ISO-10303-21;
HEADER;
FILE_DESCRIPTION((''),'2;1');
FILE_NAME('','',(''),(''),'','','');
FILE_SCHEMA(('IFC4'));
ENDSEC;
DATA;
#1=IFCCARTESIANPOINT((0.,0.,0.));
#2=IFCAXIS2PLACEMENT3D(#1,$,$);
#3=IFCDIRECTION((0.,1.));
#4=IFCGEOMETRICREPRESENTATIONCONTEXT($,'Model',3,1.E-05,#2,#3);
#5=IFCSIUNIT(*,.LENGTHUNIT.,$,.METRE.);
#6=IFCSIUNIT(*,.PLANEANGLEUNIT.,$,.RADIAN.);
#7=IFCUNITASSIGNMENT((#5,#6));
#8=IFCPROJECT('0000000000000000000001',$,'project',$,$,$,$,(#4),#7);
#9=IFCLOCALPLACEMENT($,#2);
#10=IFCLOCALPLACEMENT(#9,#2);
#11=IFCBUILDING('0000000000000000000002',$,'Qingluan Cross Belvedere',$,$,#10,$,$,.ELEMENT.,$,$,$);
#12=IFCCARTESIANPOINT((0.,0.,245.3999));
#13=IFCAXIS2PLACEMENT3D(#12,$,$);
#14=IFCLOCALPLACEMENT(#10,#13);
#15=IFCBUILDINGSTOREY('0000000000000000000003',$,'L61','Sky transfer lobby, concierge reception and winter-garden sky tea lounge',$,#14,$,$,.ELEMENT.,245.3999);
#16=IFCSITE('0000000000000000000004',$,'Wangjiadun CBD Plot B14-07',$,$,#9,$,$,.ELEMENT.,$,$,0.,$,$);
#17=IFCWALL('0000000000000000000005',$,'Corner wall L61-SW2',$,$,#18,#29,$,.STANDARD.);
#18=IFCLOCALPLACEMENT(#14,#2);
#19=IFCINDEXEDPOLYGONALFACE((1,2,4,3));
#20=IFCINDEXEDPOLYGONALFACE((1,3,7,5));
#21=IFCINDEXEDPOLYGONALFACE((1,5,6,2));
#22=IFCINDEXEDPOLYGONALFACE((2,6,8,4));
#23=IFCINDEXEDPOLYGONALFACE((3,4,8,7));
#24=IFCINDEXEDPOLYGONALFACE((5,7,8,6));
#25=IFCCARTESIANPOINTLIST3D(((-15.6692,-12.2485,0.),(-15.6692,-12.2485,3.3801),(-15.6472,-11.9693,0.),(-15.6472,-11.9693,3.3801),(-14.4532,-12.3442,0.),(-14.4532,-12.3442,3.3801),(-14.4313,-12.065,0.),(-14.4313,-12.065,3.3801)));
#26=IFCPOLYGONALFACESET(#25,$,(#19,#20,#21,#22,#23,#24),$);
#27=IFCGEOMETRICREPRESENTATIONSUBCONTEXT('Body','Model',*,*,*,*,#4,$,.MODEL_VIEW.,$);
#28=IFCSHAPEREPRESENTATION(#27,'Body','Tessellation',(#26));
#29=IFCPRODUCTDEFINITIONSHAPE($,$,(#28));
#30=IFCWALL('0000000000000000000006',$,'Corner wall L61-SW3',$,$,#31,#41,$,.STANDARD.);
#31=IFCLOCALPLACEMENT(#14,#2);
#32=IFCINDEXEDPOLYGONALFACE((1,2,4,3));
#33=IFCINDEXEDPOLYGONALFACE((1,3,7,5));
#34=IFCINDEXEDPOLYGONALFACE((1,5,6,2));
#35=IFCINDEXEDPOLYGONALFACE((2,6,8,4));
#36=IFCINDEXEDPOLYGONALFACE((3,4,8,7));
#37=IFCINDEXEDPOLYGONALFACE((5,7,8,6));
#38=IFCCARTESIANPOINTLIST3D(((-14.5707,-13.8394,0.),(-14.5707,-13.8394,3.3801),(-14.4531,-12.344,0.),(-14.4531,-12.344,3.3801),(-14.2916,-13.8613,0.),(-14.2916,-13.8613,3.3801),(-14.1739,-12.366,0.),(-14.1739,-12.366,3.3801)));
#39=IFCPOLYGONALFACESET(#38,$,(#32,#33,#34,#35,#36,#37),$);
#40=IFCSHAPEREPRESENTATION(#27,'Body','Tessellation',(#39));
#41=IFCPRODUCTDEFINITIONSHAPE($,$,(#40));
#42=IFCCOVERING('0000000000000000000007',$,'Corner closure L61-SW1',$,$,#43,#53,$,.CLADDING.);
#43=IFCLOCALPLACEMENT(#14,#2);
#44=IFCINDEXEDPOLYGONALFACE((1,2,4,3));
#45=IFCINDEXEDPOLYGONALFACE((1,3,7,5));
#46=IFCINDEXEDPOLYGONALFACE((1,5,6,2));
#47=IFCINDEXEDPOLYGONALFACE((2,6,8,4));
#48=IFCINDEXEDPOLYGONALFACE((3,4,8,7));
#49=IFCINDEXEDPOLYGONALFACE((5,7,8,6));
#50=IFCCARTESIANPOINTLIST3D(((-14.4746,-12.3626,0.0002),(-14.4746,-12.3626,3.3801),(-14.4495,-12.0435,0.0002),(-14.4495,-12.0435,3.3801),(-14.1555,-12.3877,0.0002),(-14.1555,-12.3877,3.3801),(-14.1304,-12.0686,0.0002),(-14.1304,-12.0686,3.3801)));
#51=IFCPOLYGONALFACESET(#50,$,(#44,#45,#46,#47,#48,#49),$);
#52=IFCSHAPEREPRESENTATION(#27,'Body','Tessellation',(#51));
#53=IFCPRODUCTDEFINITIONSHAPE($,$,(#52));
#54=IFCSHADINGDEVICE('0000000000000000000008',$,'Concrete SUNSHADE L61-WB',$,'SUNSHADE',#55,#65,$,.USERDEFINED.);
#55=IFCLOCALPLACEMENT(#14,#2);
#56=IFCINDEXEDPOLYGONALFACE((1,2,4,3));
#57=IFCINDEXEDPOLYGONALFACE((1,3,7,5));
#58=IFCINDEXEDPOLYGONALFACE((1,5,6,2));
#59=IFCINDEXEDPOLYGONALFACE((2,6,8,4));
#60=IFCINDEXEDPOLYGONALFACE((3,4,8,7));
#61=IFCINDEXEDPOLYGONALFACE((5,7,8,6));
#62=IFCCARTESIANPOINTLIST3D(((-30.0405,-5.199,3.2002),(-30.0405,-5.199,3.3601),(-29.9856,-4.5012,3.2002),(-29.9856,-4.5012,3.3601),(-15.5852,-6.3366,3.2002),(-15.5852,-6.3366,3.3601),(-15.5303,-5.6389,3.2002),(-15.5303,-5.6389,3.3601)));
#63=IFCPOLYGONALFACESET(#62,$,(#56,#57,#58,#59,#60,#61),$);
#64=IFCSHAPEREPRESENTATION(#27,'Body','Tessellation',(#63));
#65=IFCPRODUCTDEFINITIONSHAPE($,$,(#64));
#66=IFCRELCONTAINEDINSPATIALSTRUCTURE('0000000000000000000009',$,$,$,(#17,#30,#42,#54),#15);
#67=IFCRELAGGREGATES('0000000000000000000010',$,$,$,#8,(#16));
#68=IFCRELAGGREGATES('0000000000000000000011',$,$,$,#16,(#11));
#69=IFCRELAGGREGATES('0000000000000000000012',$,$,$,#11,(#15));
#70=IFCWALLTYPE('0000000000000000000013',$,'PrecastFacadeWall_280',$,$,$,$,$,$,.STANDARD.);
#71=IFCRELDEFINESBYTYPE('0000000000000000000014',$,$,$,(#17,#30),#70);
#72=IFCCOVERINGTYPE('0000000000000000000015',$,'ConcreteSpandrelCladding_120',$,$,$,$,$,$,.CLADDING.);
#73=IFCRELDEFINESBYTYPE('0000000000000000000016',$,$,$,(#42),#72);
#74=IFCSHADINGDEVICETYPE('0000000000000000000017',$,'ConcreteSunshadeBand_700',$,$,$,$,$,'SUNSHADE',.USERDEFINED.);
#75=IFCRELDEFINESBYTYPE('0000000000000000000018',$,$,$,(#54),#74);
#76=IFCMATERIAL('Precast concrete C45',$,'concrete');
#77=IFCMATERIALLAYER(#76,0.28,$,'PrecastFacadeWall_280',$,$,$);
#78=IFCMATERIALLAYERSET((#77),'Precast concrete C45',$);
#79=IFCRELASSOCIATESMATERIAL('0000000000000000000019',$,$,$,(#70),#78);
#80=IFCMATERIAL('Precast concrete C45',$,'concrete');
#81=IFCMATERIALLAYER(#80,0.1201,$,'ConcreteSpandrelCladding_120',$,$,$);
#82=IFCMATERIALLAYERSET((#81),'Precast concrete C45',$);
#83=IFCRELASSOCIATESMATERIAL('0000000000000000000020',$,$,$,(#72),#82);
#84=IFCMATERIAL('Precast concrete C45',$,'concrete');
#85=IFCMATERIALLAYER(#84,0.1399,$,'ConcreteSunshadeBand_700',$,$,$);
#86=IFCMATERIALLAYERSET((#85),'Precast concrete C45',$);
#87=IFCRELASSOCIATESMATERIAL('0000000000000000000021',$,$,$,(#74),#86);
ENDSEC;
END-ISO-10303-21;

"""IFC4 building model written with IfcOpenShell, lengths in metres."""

from ifc_helpers import new_model, si_unit, direction, frame, frame_2d, origin, origin_2d, place, context, subcontext, project, spatial, rectangle, extrude, material, layer, layer_set, type_object, element, save


model = new_model("IFC4")

# Units and contexts
model_context = context("Model", 3, precision=1e-05, world=origin(), true_north=direction((0.0, 1.0)))
body_context = subcontext(model_context, "Body", "Model", "MODEL_VIEW")
ifc_project = project(units=[si_unit("LENGTHUNIT", "METRE"), si_unit("PLANEANGLEUNIT", "RADIAN")], contexts=[model_context])

# Site, building, storey
site_placement = place(None, origin())
site = spatial("IfcSite", under=ifc_project, at=site_placement, Name="Wangjiadun CBD Plot B14-07", CompositionType="ELEMENT", RefElevation=0.0)
building_placement = place(site_placement, origin())
building = spatial("IfcBuilding", under=site, at=building_placement, Name="Qingluan Cross Belvedere", CompositionType="ELEMENT")
storey_placement = place(building_placement, frame((0.0, 0.0, 245.3999)))
storey = spatial("IfcBuildingStorey", under=building, at=storey_placement, Name="L61", Description="Sky transfer lobby, concierge reception and winter-garden sky tea lounge", CompositionType="ELEMENT", Elevation=245.3999)

# Shared definitions
ifc_material_1 = material(Name="Precast concrete C45", Category="concrete")
ifc_layer_1 = layer(ifc_material_1, 0.28, Name="PrecastFacadeWall_280")
ifc_layer_set_1 = layer_set([ifc_layer_1], Name="Precast concrete C45")
wall_type_1 = type_object("IfcWallType", Name="PrecastFacadeWall_280", PredefinedType="STANDARD", material=ifc_layer_set_1)

# Walls
wall_1_placement = place(storey_placement, frame((-15.6582, -12.1089, 0.0), z_axis=(0.0, 0.0, 1.0), x_axis=(0.996918, -0.078456, 0.0)))
element("IfcWall", 1, at=wall_1_placement, inside=storey, type_object=wall_type_1, Name="Corner wall L61-SW2", PredefinedType="STANDARD", context=body_context, shape_type="SweptSolid", body=[
    extrude(rectangle(XDim=1.2197, YDim=0.28, at=frame_2d((0.6099, 0.0))), origin(), (0.0, 0.0, 1.0), 3.3801),
])
wall_2_placement = place(storey_placement, frame((-14.3135, -12.355, 0.0), z_axis=(0.0, 0.0, 1.0), x_axis=(-0.078451, -0.996918, 0.0)))
element("IfcWall", 2, at=wall_2_placement, inside=storey, type_object=wall_type_1, Name="Corner wall L61-SW3", PredefinedType="STANDARD", context=body_context, shape_type="SweptSolid", body=[
    extrude(rectangle(XDim=1.5, YDim=0.28, at=frame_2d((0.75, 0.0))), origin(), (0.0, 0.0, 1.0), 3.3801),
])

# Covering
ifc_material_2 = material(Name="Precast concrete C45", Category="concrete")
ifc_layer_2 = layer(ifc_material_2, 0.1201, Name="ConcreteSpandrelCladding_120")
ifc_layer_set_2 = layer_set([ifc_layer_2], Name="Precast concrete C45")
covering_type = type_object("IfcCoveringType", Name="ConcreteSpandrelCladding_120", PredefinedType="CLADDING", material=ifc_layer_set_2)
covering_placement = place(storey_placement, frame((-14.3025, -12.2156, 0.0002), z_axis=(0.0, 0.0, 1.0), x_axis=(0.996917, -0.078459, 0.0)))
element("IfcCovering", 3, at=covering_placement, inside=storey, type_object=covering_type, Name="Corner closure L61-SW1", PredefinedType="CLADDING", context=body_context, shape_type="SweptSolid", body=[
    extrude(rectangle(XDim=0.3201, YDim=0.3201, at=origin_2d()), origin(), (0.0, 0.0, 1.0), 3.3799),
])

# Shading device
ifc_material_3 = material(Name="Precast concrete C45", Category="concrete")
ifc_layer_3 = layer(ifc_material_3, 0.1399, Name="ConcreteSunshadeBand_700")
ifc_layer_set_3 = layer_set([ifc_layer_3], Name="Precast concrete C45")
shading_device_type = type_object("IfcShadingDeviceType", Name="ConcreteSunshadeBand_700", ElementType="SUNSHADE", PredefinedType="USERDEFINED", material=ifc_layer_set_3)
shading_device_placement = place(storey_placement, frame((-22.7854, -5.4189, 3.2002), z_axis=(0.0, 0.0, 1.0), x_axis=(0.996918, -0.078456, 0.0)))
element("IfcShadingDevice", 4, at=shading_device_placement, inside=storey, type_object=shading_device_type, Name="Concrete SUNSHADE L61-WB", ObjectType="SUNSHADE", PredefinedType="USERDEFINED", context=body_context, shape_type="SweptSolid", body=[
    extrude(rectangle(XDim=14.5, YDim=0.7, at=origin_2d()), origin(), (0.0, 0.0, 1.0), 0.1599),
])

save(model, "model.ifc")
